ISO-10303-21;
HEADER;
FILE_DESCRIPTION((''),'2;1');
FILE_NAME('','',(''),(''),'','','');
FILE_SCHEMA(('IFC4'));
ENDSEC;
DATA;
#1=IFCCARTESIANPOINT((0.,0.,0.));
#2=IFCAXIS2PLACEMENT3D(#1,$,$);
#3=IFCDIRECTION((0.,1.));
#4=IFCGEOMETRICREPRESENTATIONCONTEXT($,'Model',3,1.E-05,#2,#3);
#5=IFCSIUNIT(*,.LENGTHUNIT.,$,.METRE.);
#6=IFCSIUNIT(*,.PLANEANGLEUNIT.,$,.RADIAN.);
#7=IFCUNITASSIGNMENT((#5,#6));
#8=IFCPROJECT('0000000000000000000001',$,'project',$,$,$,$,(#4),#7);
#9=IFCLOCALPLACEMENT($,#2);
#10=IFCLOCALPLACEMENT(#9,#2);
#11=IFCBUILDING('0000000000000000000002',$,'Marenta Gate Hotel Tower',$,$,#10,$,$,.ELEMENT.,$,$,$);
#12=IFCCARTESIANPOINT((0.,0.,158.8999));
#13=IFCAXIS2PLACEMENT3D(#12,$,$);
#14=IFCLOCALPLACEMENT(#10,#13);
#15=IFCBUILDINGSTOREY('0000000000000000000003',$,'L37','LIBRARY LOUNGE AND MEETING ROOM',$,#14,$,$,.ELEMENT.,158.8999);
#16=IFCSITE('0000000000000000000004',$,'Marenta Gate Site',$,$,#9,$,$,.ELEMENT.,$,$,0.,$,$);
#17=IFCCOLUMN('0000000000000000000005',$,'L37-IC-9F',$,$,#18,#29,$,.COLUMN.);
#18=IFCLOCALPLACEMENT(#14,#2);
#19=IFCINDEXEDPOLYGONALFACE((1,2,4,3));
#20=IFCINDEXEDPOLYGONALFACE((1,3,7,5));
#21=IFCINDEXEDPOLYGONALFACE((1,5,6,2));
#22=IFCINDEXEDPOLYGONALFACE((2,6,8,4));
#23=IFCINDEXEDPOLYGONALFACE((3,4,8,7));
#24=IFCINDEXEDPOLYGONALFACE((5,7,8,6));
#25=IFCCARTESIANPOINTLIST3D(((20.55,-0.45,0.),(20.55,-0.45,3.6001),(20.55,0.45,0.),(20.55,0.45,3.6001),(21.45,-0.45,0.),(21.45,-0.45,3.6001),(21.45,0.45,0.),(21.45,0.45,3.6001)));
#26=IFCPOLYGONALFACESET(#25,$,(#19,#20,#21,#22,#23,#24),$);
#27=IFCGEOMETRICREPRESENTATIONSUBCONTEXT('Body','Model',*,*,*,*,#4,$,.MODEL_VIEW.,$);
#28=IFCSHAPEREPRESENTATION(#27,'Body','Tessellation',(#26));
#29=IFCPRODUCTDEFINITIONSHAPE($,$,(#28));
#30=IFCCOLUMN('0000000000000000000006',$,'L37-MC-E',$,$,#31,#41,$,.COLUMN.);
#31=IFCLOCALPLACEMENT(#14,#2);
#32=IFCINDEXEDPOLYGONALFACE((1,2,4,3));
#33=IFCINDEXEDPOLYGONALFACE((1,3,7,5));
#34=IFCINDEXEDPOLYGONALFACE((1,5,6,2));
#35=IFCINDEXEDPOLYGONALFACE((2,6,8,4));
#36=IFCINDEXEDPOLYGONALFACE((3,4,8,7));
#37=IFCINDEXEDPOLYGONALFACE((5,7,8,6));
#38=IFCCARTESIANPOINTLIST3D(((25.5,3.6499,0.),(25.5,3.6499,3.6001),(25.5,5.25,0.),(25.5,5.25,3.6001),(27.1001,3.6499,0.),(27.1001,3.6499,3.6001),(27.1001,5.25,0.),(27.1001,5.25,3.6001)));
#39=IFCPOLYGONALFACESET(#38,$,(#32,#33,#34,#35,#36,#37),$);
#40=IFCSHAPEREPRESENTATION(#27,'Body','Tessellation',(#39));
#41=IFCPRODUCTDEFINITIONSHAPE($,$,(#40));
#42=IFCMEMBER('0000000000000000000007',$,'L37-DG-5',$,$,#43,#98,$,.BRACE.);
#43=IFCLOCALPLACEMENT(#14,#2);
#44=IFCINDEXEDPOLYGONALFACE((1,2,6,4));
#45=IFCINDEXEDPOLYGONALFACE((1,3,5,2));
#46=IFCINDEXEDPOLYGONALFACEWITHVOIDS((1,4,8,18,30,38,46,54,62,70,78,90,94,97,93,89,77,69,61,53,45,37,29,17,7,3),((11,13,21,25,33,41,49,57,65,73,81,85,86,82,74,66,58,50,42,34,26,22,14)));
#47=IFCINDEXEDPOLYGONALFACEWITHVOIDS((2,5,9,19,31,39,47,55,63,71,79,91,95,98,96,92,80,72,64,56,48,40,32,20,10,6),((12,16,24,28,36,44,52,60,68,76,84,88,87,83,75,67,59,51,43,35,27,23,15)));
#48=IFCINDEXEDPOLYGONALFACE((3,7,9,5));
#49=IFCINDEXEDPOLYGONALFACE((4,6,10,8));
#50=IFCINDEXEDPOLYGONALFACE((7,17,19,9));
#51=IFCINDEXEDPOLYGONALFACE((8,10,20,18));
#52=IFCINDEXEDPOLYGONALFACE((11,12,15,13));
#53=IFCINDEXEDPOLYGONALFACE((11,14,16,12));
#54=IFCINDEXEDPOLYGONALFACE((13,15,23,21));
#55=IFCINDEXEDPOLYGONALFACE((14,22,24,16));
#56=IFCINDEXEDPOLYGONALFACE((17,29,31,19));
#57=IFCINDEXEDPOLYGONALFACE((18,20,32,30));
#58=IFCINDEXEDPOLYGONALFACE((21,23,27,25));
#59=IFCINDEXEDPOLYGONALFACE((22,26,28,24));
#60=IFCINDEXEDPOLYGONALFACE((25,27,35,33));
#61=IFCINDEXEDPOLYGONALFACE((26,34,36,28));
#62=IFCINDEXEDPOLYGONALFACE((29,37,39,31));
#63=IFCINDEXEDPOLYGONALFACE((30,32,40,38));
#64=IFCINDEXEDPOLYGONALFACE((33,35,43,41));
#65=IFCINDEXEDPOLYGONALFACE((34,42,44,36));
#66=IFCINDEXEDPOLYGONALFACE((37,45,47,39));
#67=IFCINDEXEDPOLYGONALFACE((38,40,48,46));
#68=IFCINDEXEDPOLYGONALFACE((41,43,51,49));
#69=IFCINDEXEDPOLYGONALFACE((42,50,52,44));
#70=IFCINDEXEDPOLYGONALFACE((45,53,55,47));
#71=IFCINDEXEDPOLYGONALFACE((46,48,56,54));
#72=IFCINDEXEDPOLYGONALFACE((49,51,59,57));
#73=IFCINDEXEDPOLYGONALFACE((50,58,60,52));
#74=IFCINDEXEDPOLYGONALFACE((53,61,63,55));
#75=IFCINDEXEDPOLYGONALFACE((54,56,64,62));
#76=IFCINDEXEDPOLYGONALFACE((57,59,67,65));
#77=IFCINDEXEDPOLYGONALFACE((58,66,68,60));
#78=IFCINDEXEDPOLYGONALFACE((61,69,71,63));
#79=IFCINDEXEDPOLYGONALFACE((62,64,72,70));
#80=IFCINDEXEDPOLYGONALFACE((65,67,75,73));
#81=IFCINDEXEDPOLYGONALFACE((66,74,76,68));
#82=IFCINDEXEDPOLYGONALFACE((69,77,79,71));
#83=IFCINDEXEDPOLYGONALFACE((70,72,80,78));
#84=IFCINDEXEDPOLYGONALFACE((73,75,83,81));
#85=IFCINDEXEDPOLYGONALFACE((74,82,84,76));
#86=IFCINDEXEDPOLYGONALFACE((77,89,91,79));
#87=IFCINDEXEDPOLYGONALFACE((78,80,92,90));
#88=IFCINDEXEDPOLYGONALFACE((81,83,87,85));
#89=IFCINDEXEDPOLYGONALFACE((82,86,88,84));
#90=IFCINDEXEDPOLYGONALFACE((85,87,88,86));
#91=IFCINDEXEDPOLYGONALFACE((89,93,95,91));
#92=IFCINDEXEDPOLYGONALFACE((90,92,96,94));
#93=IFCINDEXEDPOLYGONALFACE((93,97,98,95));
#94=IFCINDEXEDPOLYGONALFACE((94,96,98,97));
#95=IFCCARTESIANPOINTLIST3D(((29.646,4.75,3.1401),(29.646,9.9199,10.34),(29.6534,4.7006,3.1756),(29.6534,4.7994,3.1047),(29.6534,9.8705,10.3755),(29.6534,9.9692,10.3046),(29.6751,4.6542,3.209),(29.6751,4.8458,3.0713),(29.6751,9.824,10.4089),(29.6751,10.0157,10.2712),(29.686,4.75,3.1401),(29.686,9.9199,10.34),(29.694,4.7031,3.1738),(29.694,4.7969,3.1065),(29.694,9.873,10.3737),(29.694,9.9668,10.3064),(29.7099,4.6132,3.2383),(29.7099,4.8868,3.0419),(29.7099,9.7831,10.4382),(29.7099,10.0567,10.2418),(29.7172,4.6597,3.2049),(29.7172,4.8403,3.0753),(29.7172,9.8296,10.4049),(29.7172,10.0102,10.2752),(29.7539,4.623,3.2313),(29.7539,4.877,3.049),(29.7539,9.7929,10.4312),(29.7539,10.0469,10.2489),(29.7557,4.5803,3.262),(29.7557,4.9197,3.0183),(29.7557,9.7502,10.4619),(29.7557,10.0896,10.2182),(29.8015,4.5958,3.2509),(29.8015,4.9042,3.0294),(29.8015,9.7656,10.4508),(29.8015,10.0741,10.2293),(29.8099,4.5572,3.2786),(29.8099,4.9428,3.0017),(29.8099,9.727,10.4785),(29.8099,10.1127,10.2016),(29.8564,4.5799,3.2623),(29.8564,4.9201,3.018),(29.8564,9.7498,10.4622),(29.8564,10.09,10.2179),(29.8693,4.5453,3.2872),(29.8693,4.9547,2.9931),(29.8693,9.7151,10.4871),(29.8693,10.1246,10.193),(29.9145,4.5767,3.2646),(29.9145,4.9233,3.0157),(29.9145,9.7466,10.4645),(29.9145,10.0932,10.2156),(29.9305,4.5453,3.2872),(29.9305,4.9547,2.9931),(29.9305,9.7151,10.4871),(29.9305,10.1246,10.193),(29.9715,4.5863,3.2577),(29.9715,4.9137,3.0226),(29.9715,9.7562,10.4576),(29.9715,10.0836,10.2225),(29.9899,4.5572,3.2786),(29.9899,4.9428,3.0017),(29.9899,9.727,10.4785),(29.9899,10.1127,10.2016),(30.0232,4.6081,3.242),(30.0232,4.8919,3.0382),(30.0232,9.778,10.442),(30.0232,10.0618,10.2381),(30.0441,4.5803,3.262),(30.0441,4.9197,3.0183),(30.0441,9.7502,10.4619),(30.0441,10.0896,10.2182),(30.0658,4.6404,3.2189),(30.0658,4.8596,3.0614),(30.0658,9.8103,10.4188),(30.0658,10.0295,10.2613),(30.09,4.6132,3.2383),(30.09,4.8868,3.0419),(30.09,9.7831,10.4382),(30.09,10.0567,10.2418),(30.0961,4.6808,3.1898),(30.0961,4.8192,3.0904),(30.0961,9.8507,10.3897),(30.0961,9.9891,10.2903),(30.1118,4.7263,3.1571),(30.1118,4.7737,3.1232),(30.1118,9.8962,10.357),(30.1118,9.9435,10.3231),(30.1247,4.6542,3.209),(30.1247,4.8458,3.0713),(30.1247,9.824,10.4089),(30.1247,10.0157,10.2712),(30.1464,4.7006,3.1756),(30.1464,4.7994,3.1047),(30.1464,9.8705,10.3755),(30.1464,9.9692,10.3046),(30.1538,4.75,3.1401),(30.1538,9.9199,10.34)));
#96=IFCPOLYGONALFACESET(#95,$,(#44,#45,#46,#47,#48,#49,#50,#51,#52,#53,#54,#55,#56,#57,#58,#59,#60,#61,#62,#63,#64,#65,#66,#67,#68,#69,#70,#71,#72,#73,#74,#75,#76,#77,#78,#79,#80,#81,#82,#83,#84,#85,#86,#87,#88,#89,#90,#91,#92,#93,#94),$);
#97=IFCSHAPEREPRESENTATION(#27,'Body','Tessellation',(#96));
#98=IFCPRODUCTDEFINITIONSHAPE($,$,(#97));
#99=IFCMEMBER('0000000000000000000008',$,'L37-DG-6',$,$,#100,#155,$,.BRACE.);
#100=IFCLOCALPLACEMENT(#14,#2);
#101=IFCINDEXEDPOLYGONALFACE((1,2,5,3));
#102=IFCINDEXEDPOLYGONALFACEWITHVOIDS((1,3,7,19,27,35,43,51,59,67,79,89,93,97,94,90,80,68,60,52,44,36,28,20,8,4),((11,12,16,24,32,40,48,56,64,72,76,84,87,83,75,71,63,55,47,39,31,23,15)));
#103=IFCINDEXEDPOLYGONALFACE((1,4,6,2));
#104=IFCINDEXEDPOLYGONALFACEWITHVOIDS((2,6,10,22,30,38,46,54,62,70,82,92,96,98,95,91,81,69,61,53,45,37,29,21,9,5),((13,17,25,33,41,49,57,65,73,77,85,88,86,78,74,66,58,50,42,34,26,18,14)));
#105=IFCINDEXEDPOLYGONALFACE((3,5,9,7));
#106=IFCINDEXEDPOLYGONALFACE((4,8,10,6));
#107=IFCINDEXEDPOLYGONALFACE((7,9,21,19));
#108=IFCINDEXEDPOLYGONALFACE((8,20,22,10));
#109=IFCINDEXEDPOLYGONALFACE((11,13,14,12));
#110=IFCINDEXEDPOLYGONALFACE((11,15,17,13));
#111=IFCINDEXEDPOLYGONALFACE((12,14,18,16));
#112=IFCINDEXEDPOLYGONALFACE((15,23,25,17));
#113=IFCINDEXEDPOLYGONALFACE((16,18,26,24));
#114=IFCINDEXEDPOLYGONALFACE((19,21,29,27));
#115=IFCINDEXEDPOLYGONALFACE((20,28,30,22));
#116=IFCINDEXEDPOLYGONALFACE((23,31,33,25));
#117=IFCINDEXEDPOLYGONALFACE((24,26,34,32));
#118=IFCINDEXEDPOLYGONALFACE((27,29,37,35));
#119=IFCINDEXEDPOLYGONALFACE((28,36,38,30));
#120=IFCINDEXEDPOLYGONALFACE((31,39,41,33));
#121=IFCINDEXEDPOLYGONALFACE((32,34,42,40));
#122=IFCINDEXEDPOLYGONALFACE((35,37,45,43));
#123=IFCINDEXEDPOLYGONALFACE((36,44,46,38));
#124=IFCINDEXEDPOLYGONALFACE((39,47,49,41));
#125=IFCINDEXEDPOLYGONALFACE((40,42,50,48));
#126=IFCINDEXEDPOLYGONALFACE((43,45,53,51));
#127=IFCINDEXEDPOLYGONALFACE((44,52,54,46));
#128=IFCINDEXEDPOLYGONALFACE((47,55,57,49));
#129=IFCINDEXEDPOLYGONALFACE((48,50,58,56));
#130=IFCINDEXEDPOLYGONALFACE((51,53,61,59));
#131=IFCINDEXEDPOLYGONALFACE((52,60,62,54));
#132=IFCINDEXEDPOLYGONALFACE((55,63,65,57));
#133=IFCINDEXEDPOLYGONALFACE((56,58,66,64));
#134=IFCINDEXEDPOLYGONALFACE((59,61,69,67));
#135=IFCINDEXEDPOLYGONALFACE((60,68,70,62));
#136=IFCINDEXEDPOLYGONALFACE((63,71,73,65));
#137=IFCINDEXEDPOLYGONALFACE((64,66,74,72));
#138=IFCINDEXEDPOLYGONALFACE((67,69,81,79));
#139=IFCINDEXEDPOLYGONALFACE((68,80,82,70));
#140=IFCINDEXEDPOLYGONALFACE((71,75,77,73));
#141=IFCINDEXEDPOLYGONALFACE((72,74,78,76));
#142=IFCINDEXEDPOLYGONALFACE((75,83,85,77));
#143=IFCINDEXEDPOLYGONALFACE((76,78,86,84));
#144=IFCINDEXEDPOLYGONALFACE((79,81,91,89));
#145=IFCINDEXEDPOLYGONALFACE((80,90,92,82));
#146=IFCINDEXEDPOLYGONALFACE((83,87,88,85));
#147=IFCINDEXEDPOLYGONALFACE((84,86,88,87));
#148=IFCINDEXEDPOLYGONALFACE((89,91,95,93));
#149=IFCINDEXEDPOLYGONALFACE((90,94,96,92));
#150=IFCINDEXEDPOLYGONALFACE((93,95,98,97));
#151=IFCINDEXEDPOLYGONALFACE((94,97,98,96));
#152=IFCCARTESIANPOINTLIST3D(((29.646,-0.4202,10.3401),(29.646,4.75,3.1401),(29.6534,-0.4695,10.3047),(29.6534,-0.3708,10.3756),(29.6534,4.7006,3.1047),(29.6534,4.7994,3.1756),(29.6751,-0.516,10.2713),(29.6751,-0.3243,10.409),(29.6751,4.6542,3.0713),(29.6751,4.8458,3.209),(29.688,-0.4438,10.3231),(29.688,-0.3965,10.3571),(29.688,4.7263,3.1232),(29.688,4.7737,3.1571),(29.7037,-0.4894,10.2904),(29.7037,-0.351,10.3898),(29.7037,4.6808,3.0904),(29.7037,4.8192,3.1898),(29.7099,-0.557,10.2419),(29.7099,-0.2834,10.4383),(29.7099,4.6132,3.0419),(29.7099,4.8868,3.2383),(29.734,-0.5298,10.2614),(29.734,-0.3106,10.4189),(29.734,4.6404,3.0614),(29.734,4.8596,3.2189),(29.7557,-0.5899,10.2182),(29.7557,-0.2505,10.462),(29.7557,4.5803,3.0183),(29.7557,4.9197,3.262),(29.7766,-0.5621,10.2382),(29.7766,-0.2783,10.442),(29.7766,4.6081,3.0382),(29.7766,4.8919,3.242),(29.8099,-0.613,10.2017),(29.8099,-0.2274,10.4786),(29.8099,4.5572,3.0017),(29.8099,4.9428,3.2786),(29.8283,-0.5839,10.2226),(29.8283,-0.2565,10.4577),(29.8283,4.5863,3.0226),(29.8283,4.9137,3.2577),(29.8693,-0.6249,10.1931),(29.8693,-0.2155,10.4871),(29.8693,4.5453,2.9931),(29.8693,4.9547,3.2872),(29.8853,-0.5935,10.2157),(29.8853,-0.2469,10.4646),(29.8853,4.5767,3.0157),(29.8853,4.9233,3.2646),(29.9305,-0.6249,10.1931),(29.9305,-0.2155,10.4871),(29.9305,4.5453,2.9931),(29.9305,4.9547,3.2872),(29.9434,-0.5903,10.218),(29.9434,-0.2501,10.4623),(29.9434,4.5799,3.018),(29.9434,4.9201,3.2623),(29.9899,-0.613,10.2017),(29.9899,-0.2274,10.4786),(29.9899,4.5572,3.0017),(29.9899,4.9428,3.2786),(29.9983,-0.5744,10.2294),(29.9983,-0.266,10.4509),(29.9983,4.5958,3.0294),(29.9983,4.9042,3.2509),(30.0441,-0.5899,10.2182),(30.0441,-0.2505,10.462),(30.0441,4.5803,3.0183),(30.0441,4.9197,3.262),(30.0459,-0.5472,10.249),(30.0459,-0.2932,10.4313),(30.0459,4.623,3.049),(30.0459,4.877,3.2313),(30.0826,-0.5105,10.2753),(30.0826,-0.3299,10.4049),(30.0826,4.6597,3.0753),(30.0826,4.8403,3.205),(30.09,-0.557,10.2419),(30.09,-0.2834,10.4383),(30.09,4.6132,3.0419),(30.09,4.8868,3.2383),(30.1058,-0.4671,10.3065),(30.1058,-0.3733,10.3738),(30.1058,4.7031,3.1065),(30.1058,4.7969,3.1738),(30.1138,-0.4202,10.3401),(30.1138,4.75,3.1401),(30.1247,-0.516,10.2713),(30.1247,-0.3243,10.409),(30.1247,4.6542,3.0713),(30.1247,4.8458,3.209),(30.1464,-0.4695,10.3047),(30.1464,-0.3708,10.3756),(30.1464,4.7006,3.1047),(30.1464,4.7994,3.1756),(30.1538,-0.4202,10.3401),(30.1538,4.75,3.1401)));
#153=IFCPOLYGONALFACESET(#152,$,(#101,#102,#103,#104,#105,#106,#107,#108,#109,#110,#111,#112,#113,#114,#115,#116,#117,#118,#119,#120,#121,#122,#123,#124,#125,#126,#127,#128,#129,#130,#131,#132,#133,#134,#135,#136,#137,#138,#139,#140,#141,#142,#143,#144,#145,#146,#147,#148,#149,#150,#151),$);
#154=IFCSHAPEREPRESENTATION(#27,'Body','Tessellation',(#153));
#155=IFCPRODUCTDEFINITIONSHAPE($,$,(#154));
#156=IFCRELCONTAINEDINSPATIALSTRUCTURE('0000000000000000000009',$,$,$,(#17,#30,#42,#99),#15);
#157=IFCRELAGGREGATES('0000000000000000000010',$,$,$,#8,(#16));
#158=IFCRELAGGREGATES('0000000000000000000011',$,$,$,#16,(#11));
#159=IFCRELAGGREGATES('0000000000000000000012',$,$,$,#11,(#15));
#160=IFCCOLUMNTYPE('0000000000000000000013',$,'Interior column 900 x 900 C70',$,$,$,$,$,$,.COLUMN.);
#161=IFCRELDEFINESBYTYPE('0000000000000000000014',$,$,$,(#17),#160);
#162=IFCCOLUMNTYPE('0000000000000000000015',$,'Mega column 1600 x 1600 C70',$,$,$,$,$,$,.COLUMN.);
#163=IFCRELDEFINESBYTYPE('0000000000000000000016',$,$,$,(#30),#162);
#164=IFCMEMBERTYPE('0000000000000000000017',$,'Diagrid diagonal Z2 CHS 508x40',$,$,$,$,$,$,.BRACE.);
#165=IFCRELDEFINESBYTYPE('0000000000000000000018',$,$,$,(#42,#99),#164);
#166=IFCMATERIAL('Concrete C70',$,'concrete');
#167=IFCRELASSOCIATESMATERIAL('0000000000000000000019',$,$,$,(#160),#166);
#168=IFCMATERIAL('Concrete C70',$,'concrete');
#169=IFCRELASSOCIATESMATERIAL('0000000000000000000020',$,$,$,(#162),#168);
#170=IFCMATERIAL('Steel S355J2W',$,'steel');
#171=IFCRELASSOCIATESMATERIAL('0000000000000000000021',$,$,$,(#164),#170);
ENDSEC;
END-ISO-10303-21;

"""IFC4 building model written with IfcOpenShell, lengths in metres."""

from ifc_helpers import new_model, si_unit, direction, frame, origin, origin_2d, place, context, subcontext, project, spatial, rectangle, hollow_circle, extrude, material, material_profile, profile_set, type_object, element, save


model = new_model("IFC4")

# Units and contexts
model_context = context("Model", 3, precision=1e-05, world=origin(), true_north=direction((0.0, 1.0)))
body_context = subcontext(model_context, "Body", "Model", "MODEL_VIEW")
ifc_project = project(units=[si_unit("LENGTHUNIT", "METRE"), si_unit("PLANEANGLEUNIT", "RADIAN")], contexts=[model_context])

# Site, building, storey
site_placement = place(None, origin())
site = spatial("IfcSite", under=ifc_project, at=site_placement, Name="Marenta Gate Site", CompositionType="ELEMENT", RefElevation=0.0)
building_placement = place(site_placement, origin())
building = spatial("IfcBuilding", under=site, at=building_placement, Name="Marenta Gate Hotel Tower", CompositionType="ELEMENT")
storey_placement = place(building_placement, frame((0.0, 0.0, 158.8999)))
storey = spatial("IfcBuildingStorey", under=building, at=storey_placement, Name="L37", Description="LIBRARY LOUNGE AND MEETING ROOM", CompositionType="ELEMENT", Elevation=158.8999)

# Columns
ifc_material_1 = material(Name="Concrete C70", Category="concrete")
ifc_material_profile_1 = material_profile(ifc_material_1, rectangle(XDim=0.8999, YDim=0.8999, at=origin_2d()), Name="900 x 900")
ifc_profile_set_1 = profile_set([ifc_material_profile_1], Name="Concrete C70")
column_type_1 = type_object("IfcColumnType", Name="Interior column 900 x 900 C70", PredefinedType="COLUMN", material=ifc_profile_set_1)
column_1_placement = place(storey_placement, frame((21.0, 0.0, 0.0), z_axis=(0.0, 0.0, 1.0), x_axis=(1.0, 0.0, 0.0)))
element("IfcColumn", 1, at=column_1_placement, inside=storey, type_object=column_type_1, Name="L37-IC-9F", PredefinedType="COLUMN", context=body_context, shape_type="SweptSolid", body=[
    extrude(rectangle(XDim=0.8999, YDim=0.8999, at=origin_2d()), origin(), (0.0, 0.0, 1.0), 3.6001),
])
ifc_material_2 = material(Name="Concrete C70", Category="concrete")
ifc_material_profile_2 = material_profile(ifc_material_2, rectangle(XDim=1.6001, YDim=1.6001, at=origin_2d()), Name="1600 x 1600")
ifc_profile_set_2 = profile_set([ifc_material_profile_2], Name="Concrete C70")
column_type_2 = type_object("IfcColumnType", Name="Mega column 1600 x 1600 C70", PredefinedType="COLUMN", material=ifc_profile_set_2)
column_2_placement = place(storey_placement, frame((26.3, 4.45, 0.0), z_axis=(0.0, 0.0, 1.0), x_axis=(1.0, 0.0, 0.0)))
element("IfcColumn", 2, at=column_2_placement, inside=storey, type_object=column_type_2, Name="L37-MC-E", PredefinedType="COLUMN", context=body_context, shape_type="SweptSolid", body=[
    extrude(rectangle(XDim=1.6001, YDim=1.6001, at=origin_2d()), origin(), (0.0, 0.0, 1.0), 3.6001),
])

# Members
ifc_material_3 = material(Name="Steel S355J2W", Category="steel")
ifc_material_profile_3 = material_profile(ifc_material_3, hollow_circle(Radius=0.2539, WallThickness=0.04, at=origin_2d()), Name="CHS 508x40")
ifc_profile_set_3 = profile_set([ifc_material_profile_3], Name="Steel S355J2W")
member_type_1 = type_object("IfcMemberType", Name="Diagrid diagonal Z2 CHS 508x40", PredefinedType="BRACE", material=ifc_profile_set_3)
member_1_placement = place(storey_placement, frame((29.8999, 4.75, 3.1401), z_axis=(0.0, 0.583261, 0.812285), x_axis=(-1.0, 0.0, 0.0)))
element("IfcMember", 3, at=member_1_placement, inside=storey, type_object=member_type_1, Name="L37-DG-5", PredefinedType="BRACE", context=body_context, shape_type="SweptSolid", body=[
    extrude(hollow_circle(Radius=0.2539, WallThickness=0.04, at=origin_2d()), origin(), (0.0, 0.0, 1.0), 8.8638),
])
member_2_placement = place(storey_placement, frame((29.8999, 4.75, 3.1401), z_axis=(0.0, -0.583279, 0.812272), x_axis=(1.0, 0.0, 0.0)))
element("IfcMember", 4, at=member_2_placement, inside=storey, type_object=member_type_1, Name="L37-DG-6", PredefinedType="BRACE", context=body_context, shape_type="SweptSolid", body=[
    extrude(hollow_circle(Radius=0.2539, WallThickness=0.04, at=origin_2d()), origin(), (0.0, 0.0, 1.0), 8.864),
])

save(model, "model.ifc")
